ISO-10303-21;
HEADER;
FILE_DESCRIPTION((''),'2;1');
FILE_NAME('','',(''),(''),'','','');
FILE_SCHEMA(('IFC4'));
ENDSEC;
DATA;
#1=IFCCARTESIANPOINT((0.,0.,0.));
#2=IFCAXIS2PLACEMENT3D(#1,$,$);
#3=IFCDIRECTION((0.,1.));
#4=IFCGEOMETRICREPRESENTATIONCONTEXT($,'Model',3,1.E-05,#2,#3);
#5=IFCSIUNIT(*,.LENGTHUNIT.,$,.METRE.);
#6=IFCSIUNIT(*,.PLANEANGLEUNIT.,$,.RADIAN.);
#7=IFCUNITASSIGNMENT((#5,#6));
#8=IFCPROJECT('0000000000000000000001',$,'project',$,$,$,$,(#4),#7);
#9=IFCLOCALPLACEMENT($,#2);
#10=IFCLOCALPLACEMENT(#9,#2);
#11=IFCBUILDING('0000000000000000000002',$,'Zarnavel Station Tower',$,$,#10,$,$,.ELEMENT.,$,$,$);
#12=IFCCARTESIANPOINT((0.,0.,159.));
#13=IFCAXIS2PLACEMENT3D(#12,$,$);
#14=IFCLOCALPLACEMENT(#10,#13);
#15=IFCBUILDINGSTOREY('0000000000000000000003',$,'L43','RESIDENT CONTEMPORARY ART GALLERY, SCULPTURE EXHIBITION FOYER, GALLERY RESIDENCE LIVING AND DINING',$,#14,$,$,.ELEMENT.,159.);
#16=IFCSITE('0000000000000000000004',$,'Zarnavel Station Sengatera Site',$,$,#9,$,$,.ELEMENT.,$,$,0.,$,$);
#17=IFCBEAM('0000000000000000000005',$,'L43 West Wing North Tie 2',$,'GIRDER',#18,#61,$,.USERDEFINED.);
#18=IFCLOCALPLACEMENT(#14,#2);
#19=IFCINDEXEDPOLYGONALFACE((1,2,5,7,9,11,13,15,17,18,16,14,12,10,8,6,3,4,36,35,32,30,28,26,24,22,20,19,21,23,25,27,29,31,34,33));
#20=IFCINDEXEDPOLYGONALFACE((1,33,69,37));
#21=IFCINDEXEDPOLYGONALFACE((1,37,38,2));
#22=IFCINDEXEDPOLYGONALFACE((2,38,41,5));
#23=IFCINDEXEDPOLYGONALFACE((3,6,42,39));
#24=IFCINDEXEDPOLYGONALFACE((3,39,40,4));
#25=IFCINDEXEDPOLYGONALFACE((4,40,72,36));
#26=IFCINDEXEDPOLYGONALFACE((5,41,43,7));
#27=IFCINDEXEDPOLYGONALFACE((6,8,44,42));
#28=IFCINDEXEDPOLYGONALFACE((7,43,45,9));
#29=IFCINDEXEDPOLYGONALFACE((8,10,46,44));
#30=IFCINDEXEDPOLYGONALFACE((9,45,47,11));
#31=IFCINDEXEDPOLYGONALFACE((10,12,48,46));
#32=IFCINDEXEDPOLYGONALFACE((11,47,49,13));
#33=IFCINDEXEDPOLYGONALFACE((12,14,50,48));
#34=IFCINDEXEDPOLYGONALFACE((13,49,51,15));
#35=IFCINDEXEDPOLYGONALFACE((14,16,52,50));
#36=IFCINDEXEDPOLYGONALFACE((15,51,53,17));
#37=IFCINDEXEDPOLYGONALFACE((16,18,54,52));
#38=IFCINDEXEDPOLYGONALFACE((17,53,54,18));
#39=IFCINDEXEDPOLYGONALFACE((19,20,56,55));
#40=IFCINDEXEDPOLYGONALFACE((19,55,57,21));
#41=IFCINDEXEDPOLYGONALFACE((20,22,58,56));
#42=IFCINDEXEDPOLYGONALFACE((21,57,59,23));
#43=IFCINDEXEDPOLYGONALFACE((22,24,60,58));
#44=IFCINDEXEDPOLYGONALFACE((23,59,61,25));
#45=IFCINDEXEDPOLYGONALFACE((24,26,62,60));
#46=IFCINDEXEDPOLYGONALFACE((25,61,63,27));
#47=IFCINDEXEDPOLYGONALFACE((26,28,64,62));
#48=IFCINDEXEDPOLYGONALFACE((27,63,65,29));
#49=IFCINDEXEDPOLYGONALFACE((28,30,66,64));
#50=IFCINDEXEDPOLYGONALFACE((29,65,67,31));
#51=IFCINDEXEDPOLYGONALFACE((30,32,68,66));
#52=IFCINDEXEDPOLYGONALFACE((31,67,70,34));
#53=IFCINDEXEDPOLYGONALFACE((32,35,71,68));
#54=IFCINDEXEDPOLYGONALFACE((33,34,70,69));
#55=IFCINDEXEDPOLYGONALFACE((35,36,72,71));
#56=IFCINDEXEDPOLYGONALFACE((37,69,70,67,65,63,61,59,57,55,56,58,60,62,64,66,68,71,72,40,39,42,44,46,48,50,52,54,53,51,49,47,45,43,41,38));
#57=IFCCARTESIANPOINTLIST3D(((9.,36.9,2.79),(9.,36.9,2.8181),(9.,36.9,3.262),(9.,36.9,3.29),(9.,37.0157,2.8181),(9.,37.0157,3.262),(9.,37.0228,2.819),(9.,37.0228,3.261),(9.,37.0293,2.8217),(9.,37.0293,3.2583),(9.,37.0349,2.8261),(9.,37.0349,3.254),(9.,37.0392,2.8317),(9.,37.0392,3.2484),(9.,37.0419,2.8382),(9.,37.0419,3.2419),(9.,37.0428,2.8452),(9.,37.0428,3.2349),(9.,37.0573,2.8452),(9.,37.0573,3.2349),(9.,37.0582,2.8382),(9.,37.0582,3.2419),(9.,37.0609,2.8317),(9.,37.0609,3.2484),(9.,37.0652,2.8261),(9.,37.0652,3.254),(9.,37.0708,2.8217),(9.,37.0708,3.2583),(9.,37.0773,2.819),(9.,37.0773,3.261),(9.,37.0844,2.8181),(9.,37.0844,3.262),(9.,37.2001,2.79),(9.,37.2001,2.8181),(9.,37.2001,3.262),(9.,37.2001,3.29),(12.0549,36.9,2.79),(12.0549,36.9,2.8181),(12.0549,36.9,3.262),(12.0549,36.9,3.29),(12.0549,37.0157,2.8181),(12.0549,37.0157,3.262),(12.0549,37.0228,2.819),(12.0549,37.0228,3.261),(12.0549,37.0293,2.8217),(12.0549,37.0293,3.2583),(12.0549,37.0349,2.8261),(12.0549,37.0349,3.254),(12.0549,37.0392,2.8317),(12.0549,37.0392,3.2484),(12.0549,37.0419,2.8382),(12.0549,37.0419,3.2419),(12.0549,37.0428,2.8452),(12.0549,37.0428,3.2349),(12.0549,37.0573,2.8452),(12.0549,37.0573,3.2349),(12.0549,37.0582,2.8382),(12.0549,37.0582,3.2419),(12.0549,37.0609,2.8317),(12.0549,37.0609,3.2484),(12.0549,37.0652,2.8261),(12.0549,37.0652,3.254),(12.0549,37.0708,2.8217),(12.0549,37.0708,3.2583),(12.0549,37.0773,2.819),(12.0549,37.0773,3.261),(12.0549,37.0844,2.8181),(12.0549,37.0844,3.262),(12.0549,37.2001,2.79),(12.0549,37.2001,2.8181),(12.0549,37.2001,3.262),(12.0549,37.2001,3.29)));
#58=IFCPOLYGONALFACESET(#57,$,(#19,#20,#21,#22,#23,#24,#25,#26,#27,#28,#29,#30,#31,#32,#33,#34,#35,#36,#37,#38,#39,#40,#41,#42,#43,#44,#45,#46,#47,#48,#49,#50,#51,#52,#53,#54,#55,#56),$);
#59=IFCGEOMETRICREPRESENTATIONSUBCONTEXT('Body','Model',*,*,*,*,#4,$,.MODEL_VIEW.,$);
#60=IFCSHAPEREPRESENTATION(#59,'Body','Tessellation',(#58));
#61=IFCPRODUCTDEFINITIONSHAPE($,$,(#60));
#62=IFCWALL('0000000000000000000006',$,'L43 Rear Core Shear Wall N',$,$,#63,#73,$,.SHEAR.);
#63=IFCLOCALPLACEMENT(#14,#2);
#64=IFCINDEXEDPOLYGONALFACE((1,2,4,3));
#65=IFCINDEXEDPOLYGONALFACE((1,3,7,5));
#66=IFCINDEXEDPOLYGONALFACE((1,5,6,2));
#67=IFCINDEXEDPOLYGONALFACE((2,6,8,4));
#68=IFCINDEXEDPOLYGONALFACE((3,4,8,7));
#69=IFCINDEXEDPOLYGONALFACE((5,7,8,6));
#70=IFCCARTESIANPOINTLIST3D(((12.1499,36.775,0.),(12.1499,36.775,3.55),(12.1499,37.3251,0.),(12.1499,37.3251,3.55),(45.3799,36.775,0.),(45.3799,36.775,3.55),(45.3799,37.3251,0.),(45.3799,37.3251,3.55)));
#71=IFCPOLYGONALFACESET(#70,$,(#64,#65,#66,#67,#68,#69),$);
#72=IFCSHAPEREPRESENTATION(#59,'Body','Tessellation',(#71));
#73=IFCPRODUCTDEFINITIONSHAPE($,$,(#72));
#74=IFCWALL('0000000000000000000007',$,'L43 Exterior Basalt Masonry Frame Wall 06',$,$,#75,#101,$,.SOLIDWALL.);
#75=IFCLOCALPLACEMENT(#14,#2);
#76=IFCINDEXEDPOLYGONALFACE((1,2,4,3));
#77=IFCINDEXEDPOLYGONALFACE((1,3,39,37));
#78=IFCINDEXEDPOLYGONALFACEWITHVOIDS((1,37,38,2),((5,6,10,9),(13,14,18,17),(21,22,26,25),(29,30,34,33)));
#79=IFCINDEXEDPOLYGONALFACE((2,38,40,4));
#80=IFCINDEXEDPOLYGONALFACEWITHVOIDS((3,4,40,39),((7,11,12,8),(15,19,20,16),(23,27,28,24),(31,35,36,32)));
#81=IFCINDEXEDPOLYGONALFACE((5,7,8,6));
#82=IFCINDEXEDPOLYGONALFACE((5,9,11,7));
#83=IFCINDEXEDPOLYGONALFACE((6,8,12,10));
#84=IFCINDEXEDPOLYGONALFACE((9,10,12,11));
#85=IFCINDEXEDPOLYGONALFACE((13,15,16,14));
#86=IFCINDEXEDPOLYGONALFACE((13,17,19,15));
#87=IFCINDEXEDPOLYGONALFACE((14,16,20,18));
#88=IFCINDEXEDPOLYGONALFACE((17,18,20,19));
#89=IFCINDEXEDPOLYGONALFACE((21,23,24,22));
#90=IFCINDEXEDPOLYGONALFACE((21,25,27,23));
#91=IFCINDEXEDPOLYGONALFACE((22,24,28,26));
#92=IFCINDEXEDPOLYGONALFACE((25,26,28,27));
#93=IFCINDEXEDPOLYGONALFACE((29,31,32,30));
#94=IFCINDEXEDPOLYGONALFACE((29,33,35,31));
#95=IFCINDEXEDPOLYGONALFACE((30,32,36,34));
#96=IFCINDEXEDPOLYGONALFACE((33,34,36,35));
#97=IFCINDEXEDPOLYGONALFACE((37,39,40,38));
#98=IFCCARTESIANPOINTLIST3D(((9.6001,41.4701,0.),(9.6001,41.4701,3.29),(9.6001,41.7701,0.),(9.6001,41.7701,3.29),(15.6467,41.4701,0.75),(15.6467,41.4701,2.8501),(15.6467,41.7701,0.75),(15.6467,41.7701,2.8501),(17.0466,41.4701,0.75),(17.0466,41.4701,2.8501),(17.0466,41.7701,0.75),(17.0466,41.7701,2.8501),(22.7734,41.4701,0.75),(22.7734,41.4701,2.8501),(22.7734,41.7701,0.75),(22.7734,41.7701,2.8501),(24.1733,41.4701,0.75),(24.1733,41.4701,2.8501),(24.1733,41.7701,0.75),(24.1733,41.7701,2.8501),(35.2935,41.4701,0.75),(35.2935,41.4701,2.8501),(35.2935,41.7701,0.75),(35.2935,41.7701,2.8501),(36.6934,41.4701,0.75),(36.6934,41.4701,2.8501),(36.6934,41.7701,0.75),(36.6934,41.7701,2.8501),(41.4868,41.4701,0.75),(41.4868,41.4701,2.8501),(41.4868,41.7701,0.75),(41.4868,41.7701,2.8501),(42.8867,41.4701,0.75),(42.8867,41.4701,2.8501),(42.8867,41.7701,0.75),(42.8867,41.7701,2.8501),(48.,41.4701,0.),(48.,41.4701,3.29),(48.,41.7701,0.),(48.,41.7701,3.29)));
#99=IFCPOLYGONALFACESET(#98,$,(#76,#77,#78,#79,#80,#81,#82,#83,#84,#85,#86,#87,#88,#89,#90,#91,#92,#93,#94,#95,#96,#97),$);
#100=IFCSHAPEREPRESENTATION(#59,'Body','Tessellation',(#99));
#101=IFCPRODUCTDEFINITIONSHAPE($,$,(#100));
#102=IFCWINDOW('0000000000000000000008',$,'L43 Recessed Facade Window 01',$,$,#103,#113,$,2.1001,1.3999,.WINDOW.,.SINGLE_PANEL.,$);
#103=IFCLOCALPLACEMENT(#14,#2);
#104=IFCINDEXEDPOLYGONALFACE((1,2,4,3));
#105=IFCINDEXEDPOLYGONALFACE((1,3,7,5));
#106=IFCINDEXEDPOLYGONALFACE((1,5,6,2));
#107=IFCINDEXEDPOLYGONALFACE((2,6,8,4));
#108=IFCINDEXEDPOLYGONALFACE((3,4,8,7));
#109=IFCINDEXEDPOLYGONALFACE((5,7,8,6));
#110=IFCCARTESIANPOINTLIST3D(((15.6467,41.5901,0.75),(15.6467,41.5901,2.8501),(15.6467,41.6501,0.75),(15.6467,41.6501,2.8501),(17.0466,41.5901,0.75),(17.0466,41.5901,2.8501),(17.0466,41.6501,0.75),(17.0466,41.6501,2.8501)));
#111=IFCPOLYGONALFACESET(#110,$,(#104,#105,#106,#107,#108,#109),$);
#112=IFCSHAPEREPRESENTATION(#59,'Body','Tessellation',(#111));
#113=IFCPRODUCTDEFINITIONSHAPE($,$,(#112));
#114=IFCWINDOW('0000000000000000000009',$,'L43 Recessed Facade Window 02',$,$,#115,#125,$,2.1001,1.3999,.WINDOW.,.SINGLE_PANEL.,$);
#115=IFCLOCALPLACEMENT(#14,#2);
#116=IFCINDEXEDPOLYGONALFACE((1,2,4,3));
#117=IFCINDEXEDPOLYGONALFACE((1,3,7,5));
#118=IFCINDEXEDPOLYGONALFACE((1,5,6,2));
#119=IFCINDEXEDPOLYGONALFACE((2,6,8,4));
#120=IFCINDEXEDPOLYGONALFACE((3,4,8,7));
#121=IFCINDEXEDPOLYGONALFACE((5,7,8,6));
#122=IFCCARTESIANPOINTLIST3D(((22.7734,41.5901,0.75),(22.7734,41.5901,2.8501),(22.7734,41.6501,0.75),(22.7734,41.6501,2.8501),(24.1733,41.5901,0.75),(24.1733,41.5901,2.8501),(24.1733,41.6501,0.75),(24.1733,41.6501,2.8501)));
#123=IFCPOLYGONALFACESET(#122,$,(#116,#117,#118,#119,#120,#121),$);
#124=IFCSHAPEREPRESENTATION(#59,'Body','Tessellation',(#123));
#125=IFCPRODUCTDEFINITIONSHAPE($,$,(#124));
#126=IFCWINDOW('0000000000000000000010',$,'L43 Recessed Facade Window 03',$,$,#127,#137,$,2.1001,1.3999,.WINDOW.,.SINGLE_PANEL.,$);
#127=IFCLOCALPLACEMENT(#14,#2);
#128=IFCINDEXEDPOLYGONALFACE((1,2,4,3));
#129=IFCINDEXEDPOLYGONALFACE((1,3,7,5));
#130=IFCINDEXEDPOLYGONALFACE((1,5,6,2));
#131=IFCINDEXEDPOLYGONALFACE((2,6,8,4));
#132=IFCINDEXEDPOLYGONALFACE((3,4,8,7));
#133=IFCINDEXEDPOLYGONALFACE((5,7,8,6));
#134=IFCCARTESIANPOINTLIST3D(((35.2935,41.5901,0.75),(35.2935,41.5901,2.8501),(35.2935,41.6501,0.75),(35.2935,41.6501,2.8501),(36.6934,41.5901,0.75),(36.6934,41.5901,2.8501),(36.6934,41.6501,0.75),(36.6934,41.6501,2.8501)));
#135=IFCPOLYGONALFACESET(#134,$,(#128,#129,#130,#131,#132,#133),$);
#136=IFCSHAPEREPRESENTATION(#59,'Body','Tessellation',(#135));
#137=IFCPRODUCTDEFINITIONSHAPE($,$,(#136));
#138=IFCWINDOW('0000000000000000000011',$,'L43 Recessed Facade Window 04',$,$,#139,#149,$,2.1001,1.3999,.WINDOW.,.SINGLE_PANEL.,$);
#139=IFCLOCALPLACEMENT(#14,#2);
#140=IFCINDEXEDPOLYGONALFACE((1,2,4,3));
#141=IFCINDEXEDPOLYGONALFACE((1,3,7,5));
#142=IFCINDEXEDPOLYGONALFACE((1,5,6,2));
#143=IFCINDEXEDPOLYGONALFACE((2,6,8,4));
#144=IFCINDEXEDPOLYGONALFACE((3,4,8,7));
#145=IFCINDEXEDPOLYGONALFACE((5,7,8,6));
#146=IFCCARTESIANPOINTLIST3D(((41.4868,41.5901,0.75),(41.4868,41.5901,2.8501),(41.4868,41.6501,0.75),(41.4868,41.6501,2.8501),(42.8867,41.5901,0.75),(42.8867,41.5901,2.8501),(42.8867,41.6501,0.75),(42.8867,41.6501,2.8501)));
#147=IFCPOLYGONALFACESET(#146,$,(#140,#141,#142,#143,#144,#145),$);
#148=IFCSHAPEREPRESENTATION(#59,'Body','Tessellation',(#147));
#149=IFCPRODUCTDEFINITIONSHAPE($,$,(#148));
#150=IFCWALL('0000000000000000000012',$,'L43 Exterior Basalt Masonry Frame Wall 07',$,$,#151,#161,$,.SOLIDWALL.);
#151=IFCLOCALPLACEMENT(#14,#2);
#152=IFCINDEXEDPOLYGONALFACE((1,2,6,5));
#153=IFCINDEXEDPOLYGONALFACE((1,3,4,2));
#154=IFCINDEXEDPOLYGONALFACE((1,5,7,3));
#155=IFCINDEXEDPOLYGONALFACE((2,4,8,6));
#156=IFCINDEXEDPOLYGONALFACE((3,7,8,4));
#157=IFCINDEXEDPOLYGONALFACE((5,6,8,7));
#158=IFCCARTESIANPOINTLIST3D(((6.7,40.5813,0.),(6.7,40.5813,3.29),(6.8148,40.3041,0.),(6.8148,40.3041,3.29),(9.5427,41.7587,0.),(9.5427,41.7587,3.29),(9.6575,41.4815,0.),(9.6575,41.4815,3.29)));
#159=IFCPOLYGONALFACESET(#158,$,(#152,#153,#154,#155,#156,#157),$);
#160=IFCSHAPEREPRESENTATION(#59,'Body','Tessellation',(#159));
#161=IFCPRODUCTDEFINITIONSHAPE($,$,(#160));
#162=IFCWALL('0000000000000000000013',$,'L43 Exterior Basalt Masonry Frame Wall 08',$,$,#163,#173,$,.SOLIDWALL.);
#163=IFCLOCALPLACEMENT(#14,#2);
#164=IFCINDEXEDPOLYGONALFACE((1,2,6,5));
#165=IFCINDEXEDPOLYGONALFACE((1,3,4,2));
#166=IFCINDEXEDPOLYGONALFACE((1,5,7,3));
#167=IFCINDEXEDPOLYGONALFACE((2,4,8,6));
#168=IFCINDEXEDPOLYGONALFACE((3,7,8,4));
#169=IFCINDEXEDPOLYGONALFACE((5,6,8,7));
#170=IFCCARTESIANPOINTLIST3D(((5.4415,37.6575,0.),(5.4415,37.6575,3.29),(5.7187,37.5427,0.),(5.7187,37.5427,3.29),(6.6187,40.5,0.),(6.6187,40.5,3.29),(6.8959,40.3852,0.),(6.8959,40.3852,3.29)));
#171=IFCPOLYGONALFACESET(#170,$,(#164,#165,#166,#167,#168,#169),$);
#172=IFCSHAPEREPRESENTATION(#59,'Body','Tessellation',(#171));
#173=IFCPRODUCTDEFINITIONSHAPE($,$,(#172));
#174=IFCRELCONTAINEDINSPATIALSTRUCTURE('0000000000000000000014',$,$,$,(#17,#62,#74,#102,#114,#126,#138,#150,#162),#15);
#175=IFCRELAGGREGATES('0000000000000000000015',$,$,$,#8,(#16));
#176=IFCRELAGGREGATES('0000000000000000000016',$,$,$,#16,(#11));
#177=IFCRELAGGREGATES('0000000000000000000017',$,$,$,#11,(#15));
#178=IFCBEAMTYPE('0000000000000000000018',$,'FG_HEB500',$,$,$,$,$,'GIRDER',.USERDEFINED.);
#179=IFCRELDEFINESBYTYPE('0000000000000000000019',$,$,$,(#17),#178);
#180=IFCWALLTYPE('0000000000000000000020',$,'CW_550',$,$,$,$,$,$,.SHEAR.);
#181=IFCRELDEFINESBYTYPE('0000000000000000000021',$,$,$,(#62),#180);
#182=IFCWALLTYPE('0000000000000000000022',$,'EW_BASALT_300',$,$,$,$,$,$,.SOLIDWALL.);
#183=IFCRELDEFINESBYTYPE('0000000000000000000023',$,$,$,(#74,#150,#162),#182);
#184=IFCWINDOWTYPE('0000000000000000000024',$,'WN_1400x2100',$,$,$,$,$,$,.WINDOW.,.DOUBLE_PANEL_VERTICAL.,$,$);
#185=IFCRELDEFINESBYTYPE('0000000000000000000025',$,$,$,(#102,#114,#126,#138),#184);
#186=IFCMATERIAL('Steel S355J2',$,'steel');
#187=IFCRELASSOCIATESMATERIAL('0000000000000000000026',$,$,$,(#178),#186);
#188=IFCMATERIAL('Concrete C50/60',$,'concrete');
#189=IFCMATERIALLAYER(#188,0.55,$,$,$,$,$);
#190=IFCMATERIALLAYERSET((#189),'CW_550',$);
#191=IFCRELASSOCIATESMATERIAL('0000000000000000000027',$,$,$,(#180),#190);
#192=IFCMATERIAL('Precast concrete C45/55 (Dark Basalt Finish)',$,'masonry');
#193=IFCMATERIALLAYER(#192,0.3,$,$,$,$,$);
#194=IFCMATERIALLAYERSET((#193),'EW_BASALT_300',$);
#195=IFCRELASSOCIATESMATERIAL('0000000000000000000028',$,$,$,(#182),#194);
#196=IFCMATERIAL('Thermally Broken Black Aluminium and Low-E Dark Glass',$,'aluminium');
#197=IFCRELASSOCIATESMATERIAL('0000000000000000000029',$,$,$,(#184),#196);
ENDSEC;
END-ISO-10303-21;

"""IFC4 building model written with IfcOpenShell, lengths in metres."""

from ifc_helpers import new_model, si_unit, direction, frame, frame_2d, origin, origin_2d, place, context, subcontext, project, spatial, rectangle, i_section, extrude, material, layer, layer_set, material_profile, profile_set, type_object, element, fill, save


model = new_model("IFC4")

# Units and contexts
model_context = context("Model", 3, precision=1e-05, world=origin(), true_north=direction((0.0, 1.0)))
body_context = subcontext(model_context, "Body", "Model", "MODEL_VIEW")
ifc_project = project(units=[si_unit("LENGTHUNIT", "METRE"), si_unit("PLANEANGLEUNIT", "RADIAN")], contexts=[model_context])

# Site, building, storey
site_placement = place(None, origin())
site = spatial("IfcSite", under=ifc_project, at=site_placement, Name="Zarnavel Station Sengatera Site", CompositionType="ELEMENT", RefElevation=0.0)
building_placement = place(site_placement, origin())
building = spatial("IfcBuilding", under=site, at=building_placement, Name="Zarnavel Station Tower", CompositionType="ELEMENT")
storey_placement = place(building_placement, frame((0.0, 0.0, 159.0)))
storey = spatial("IfcBuildingStorey", under=building, at=storey_placement, Name="L43", Description="RESIDENT CONTEMPORARY ART GALLERY, SCULPTURE EXHIBITION FOYER, GALLERY RESIDENCE LIVING AND DINING", CompositionType="ELEMENT", Elevation=159.0)

# Beam
ifc_material_1 = material(Name="Steel S355J2", Category="steel")
ifc_material_profile_1 = material_profile(ifc_material_1, i_section(OverallWidth=0.3, OverallDepth=0.5, WebThickness=0.0144, FlangeThickness=0.0281, FilletRadius=0.0271, at=origin_2d()), Name="HEB500")
ifc_profile_set_1 = profile_set([ifc_material_profile_1], Name="Steel S355J2")
beam_type = type_object("IfcBeamType", Name="FG_HEB500", ElementType="GIRDER", PredefinedType="USERDEFINED", material=ifc_profile_set_1)
beam_1_placement = place(storey_placement, frame((9.0, 37.05, 3.04), z_axis=(1.0, 0.0, 0.0), x_axis=(0.0, 1.0, 0.0)))
element("IfcBeam", 1, at=beam_1_placement, inside=storey, type_object=beam_type, Name="L43 West Wing North Tie 2", ObjectType="GIRDER", PredefinedType="USERDEFINED", context=body_context, shape_type="SweptSolid", body=[
    extrude(i_section(OverallWidth=0.3, OverallDepth=0.5, WebThickness=0.0144, FlangeThickness=0.0281, FilletRadius=0.0271, at=origin_2d()), origin(), (0.0, 0.0, 1.0), 3.0549),
])

# Wall
ifc_material_2 = material(Name="Concrete C50/60", Category="concrete")
ifc_layer_1 = layer(ifc_material_2, 0.55)
ifc_layer_set_1 = layer_set([ifc_layer_1], Name="CW_550")
wall_type_1 = type_object("IfcWallType", Name="CW_550", PredefinedType="SHEAR", material=ifc_layer_set_1)
wall_1_placement = place(storey_placement, frame((12.1499, 37.05, 0.0), z_axis=(0.0, 0.0, 1.0), x_axis=(1.0, 0.0, 0.0)))
element("IfcWall", 2, at=wall_1_placement, inside=storey, type_object=wall_type_1, Name="L43 Rear Core Shear Wall N", PredefinedType="SHEAR", context=body_context, shape_type="SweptSolid", body=[
    extrude(rectangle(XDim=33.23, YDim=0.55, at=frame_2d((16.615, 0.0))), origin(), (0.0, 0.0, 1.0), 3.55),
])

# Wall, openings, windows
ifc_material_3 = material(Name="Precast concrete C45/55 (Dark Basalt Finish)", Category="masonry")
ifc_layer_2 = layer(ifc_material_3, 0.3)
ifc_layer_set_2 = layer_set([ifc_layer_2], Name="EW_BASALT_300")
wall_type_2 = type_object("IfcWallType", Name="EW_BASALT_300", PredefinedType="SOLIDWALL", material=ifc_layer_set_2)
wall_2_placement = place(storey_placement, frame((9.6001, 41.6201, 0.0), z_axis=(0.0, 0.0, 1.0), x_axis=(1.0, 0.0, 0.0)))
wall_2 = element("IfcWall", 3, at=wall_2_placement, inside=storey, type_object=wall_type_2, Name="L43 Exterior Basalt Masonry Frame Wall 06", PredefinedType="SOLIDWALL", context=body_context, shape_type="SweptSolid", body=[
    extrude(rectangle(XDim=38.3999, YDim=0.3, at=frame_2d((19.2, 0.0))), origin(), (0.0, 0.0, 1.0), 3.29),
])
opening_1_placement = place(wall_2_placement, frame((6.0466, 0.0, 0.75)))
opening_1 = element("IfcOpeningElement", 4, at=opening_1_placement, cuts=wall_2, PredefinedType="OPENING", context=body_context, shape_type="SweptSolid", body=[
    extrude(rectangle(XDim=1.3999, YDim=2.1001, at=frame_2d((0.7, 1.05))), frame((0.0, 0.1599, 0.0), z_axis=(0.0, -1.0, 0.0), x_axis=(1.0, 0.0, 0.0)), (0.0, 0.0, 1.0), 0.3201),
])
opening_2_placement = place(wall_2_placement, frame((13.1733, 0.0, 0.75)))
opening_2 = element("IfcOpeningElement", 5, at=opening_2_placement, cuts=wall_2, PredefinedType="OPENING", context=body_context, shape_type="SweptSolid", body=[
    extrude(rectangle(XDim=1.3999, YDim=2.1001, at=frame_2d((0.7, 1.05))), frame((0.0, 0.1599, 0.0), z_axis=(0.0, -1.0, 0.0), x_axis=(1.0, 0.0, 0.0)), (0.0, 0.0, 1.0), 0.3201),
])
opening_3_placement = place(wall_2_placement, frame((25.6934, 0.0, 0.75)))
opening_3 = element("IfcOpeningElement", 6, at=opening_3_placement, cuts=wall_2, PredefinedType="OPENING", context=body_context, shape_type="SweptSolid", body=[
    extrude(rectangle(XDim=1.3999, YDim=2.1001, at=frame_2d((0.7, 1.05))), frame((0.0, 0.1599, 0.0), z_axis=(0.0, -1.0, 0.0), x_axis=(1.0, 0.0, 0.0)), (0.0, 0.0, 1.0), 0.3201),
])
opening_4_placement = place(wall_2_placement, frame((31.8867, 0.0, 0.75)))
opening_4 = element("IfcOpeningElement", 7, at=opening_4_placement, cuts=wall_2, PredefinedType="OPENING", context=body_context, shape_type="SweptSolid", body=[
    extrude(rectangle(XDim=1.3999, YDim=2.1001, at=frame_2d((0.7, 1.05))), frame((0.0, 0.1599, 0.0), z_axis=(0.0, -1.0, 0.0), x_axis=(1.0, 0.0, 0.0)), (0.0, 0.0, 1.0), 0.3201),
])
ifc_material_4 = material(Name="Thermally Broken Black Aluminium and Low-E Dark Glass", Category="aluminium")
window_type = type_object("IfcWindowType", Name="WN_1400x2100", PartitioningType="DOUBLE_PANEL_VERTICAL", PredefinedType="WINDOW", material=ifc_material_4)
window_1_placement = place(opening_1_placement, origin())
window_1 = element("IfcWindow", 8, at=window_1_placement, inside=storey, type_object=window_type, Name="L43 Recessed Facade Window 01", OverallHeight=2.1001, OverallWidth=1.3999, PartitioningType="SINGLE_PANEL", PredefinedType="WINDOW", context=body_context, shape_type="SweptSolid", body=[
    extrude(rectangle(XDim=1.3999, YDim=2.1001, at=frame_2d((0.7, 1.05))), frame((0.0, 0.03, 0.0), z_axis=(0.0, -1.0, 0.0), x_axis=(1.0, 0.0, 0.0)), (0.0, 0.0, 1.0), 0.0601),
])
fill(opening_1, window_1)
window_2_placement = place(opening_2_placement, origin())
window_2 = element("IfcWindow", 9, at=window_2_placement, inside=storey, type_object=window_type, Name="L43 Recessed Facade Window 02", OverallHeight=2.1001, OverallWidth=1.3999, PartitioningType="SINGLE_PANEL", PredefinedType="WINDOW", context=body_context, shape_type="SweptSolid", body=[
    extrude(rectangle(XDim=1.3999, YDim=2.1001, at=frame_2d((0.7, 1.05))), frame((0.0, 0.03, 0.0), z_axis=(0.0, -1.0, 0.0), x_axis=(1.0, 0.0, 0.0)), (0.0, 0.0, 1.0), 0.0601),
])
fill(opening_2, window_2)
window_3_placement = place(opening_3_placement, origin())
window_3 = element("IfcWindow", 10, at=window_3_placement, inside=storey, type_object=window_type, Name="L43 Recessed Facade Window 03", OverallHeight=2.1001, OverallWidth=1.3999, PartitioningType="SINGLE_PANEL", PredefinedType="WINDOW", context=body_context, shape_type="SweptSolid", body=[
    extrude(rectangle(XDim=1.3999, YDim=2.1001, at=frame_2d((0.7, 1.05))), frame((0.0, 0.03, 0.0), z_axis=(0.0, -1.0, 0.0), x_axis=(1.0, 0.0, 0.0)), (0.0, 0.0, 1.0), 0.0601),
])
fill(opening_3, window_3)
window_4_placement = place(opening_4_placement, origin())
window_4 = element("IfcWindow", 11, at=window_4_placement, inside=storey, type_object=window_type, Name="L43 Recessed Facade Window 04", OverallHeight=2.1001, OverallWidth=1.3999, PartitioningType="SINGLE_PANEL", PredefinedType="WINDOW", context=body_context, shape_type="SweptSolid", body=[
    extrude(rectangle(XDim=1.3999, YDim=2.1001, at=frame_2d((0.7, 1.05))), frame((0.0, 0.03, 0.0), z_axis=(0.0, -1.0, 0.0), x_axis=(1.0, 0.0, 0.0)), (0.0, 0.0, 1.0), 0.0601),
])
fill(opening_4, window_4)

# Walls
wall_3_placement = place(storey_placement, frame((6.7573, 40.4426, 0.0), z_axis=(0.0, 0.0, 1.0), x_axis=(0.923882, 0.382676, 0.0)))
element("IfcWall", 12, at=wall_3_placement, inside=storey, type_object=wall_type_2, Name="L43 Exterior Basalt Masonry Frame Wall 07", PredefinedType="SOLIDWALL", context=body_context, shape_type="SweptSolid", body=[
    extrude(rectangle(XDim=3.0769, YDim=0.3, at=frame_2d((1.5386, 0.0))), origin(), (0.0, 0.0, 1.0), 3.29),
])
wall_4_placement = place(storey_placement, frame((5.5801, 37.6001, 0.0), z_axis=(0.0, 0.0, 1.0), x_axis=(0.382637, 0.923899, 0.0)))
element("IfcWall", 13, at=wall_4_placement, inside=storey, type_object=wall_type_2, Name="L43 Exterior Basalt Masonry Frame Wall 08", PredefinedType="SOLIDWALL", context=body_context, shape_type="SweptSolid", body=[
    extrude(rectangle(XDim=3.0767, YDim=0.3, at=frame_2d((1.5383, 0.0))), origin(), (0.0, 0.0, 1.0), 3.29),
])

save(model, "model.ifc")
